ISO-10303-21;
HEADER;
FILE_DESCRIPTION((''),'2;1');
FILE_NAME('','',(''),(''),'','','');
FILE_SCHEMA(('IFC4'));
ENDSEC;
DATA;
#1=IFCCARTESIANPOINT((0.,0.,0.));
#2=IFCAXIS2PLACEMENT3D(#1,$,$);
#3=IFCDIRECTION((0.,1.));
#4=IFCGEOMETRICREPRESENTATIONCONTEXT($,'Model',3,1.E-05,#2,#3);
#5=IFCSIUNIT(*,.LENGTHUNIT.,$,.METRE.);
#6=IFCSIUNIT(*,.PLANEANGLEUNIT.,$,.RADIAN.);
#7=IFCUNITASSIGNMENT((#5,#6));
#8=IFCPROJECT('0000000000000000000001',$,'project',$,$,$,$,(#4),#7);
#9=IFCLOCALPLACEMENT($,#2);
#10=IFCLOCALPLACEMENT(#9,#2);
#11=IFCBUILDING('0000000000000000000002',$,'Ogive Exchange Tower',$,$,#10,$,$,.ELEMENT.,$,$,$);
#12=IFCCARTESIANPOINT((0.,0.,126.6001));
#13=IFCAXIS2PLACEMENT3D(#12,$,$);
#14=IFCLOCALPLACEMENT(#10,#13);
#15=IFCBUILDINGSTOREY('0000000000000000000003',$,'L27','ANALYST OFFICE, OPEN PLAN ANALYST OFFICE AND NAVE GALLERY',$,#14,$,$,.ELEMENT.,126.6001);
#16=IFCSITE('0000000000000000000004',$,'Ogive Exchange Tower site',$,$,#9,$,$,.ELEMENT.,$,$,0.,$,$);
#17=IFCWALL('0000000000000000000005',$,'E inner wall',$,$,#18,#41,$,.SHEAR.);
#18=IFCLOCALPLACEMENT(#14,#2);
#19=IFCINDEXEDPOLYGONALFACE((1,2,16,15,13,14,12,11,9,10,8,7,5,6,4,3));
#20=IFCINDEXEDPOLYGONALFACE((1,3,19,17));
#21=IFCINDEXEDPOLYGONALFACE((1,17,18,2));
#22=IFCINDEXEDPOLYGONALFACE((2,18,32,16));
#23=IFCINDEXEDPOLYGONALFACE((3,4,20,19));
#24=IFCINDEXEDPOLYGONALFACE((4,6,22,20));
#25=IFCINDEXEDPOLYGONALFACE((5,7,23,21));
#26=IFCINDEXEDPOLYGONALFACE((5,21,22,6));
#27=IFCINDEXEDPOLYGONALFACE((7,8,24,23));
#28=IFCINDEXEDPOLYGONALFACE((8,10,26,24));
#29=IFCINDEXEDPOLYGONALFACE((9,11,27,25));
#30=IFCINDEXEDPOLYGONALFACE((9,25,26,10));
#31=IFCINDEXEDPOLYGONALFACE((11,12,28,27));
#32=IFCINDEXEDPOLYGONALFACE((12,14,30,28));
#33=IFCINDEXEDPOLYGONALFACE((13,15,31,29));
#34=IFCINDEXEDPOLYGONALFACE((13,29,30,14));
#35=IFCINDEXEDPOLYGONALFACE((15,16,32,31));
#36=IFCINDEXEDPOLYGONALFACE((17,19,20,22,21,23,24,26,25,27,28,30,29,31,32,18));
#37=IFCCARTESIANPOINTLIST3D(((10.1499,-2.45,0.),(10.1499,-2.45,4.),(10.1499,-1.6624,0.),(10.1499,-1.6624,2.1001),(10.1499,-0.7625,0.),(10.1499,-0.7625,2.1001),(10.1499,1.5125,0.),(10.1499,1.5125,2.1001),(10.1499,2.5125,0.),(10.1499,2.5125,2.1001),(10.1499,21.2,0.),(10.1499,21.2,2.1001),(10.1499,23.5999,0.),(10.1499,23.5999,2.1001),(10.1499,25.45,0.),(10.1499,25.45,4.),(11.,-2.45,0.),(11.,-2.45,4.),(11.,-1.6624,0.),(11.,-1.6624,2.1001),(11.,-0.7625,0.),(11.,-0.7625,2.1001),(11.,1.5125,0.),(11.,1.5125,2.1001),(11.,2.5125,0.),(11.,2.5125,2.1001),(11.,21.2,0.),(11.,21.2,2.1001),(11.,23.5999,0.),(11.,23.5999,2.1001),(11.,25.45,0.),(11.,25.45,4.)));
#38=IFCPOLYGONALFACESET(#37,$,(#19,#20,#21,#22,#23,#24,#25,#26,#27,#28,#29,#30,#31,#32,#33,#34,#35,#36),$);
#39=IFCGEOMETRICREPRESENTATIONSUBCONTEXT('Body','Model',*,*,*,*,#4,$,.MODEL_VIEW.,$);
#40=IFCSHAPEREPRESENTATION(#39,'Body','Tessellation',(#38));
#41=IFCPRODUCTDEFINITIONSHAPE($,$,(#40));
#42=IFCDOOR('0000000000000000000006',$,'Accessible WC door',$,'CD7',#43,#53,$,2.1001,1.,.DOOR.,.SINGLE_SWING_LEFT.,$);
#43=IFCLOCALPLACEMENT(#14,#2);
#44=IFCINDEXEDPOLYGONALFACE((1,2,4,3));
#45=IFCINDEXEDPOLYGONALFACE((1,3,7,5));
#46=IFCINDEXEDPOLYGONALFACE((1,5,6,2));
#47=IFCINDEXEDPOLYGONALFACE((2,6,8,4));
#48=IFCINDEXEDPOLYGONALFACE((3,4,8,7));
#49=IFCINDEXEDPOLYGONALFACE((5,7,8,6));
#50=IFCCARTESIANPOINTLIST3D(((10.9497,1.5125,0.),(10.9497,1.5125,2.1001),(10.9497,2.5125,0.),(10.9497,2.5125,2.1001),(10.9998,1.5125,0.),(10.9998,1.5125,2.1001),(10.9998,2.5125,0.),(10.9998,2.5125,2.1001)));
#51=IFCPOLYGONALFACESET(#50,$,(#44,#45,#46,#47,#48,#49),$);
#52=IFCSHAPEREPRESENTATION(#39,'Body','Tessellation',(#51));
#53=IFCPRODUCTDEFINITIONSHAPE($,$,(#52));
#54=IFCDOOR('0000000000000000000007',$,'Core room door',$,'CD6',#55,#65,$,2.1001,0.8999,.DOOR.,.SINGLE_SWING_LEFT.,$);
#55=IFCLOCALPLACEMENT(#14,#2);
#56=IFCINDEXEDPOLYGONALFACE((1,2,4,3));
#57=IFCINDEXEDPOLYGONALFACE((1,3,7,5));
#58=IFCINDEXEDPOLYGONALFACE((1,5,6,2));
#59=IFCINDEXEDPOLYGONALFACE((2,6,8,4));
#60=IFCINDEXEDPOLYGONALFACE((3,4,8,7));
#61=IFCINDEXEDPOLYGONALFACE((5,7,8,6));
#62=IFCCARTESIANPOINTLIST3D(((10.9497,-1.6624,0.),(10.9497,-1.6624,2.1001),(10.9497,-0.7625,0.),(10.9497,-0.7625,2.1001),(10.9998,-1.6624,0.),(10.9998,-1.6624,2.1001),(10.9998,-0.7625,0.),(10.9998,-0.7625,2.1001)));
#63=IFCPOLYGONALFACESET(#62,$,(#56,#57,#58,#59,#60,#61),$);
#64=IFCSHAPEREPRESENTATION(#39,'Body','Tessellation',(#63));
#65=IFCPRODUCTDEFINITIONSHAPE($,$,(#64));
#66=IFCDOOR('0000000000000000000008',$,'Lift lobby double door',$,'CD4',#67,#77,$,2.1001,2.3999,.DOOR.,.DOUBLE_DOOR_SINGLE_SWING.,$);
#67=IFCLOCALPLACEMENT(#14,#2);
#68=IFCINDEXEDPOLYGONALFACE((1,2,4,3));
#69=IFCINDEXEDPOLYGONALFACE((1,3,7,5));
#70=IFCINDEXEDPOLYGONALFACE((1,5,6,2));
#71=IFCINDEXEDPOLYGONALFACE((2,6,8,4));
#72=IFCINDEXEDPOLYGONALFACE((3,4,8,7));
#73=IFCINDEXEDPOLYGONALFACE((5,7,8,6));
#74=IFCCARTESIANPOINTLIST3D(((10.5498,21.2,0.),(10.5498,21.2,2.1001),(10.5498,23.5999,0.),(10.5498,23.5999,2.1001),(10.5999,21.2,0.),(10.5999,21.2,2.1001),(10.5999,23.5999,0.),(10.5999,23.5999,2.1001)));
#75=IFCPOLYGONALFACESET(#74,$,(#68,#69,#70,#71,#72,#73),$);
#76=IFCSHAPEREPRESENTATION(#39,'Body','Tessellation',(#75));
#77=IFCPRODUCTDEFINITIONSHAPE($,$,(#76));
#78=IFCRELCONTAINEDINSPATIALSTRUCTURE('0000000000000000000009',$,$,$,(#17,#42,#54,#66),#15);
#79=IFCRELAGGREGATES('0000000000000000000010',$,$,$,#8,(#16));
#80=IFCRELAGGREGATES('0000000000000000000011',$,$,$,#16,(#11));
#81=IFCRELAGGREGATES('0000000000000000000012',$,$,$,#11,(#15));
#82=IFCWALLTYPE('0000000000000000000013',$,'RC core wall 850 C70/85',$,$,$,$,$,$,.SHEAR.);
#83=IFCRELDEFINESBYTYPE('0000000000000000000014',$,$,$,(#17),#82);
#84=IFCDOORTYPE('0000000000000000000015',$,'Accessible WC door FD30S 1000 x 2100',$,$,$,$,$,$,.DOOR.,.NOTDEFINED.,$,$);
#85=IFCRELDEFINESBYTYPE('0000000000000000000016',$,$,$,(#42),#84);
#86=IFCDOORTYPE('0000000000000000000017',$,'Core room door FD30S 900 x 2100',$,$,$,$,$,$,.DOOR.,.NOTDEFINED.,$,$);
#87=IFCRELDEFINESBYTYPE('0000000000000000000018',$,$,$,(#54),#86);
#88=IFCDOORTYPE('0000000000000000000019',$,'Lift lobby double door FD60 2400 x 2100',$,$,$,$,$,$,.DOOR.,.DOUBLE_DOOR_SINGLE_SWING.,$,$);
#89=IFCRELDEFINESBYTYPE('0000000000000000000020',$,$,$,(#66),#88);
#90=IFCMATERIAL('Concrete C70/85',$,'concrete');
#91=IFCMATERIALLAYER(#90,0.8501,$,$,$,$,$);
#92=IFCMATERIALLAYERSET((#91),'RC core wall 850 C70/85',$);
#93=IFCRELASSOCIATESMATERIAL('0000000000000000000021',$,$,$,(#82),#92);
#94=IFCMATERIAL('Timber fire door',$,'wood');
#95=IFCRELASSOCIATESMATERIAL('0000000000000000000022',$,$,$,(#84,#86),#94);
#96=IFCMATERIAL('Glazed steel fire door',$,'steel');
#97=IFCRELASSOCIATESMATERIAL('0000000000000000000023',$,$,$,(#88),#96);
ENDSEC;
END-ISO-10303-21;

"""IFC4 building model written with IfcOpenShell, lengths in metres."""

from ifc_helpers import new_model, si_unit, direction, frame, frame_2d, origin, place, context, subcontext, project, spatial, rectangle, extrude, material, layer, layer_set, type_object, element, fill, save


model = new_model("IFC4")

# Units and contexts
model_context = context("Model", 3, precision=1e-05, world=origin(), true_north=direction((0.0, 1.0)))
body_context = subcontext(model_context, "Body", "Model", "MODEL_VIEW")
ifc_project = project(units=[si_unit("LENGTHUNIT", "METRE"), si_unit("PLANEANGLEUNIT", "RADIAN")], contexts=[model_context])

# Site, building, storey
site_placement = place(None, origin())
site = spatial("IfcSite", under=ifc_project, at=site_placement, Name="Ogive Exchange Tower site", CompositionType="ELEMENT", RefElevation=0.0)
building_placement = place(site_placement, origin())
building = spatial("IfcBuilding", under=site, at=building_placement, Name="Ogive Exchange Tower", CompositionType="ELEMENT")
storey_placement = place(building_placement, frame((0.0, 0.0, 126.6001)))
storey = spatial("IfcBuildingStorey", under=building, at=storey_placement, Name="L27", Description="ANALYST OFFICE, OPEN PLAN ANALYST OFFICE AND NAVE GALLERY", CompositionType="ELEMENT", Elevation=126.6001)

# Shared definitions
ifc_material_1 = material(Name="Concrete C70/85", Category="concrete")

# Wall, openings, doors
ifc_layer_1 = layer(ifc_material_1, 0.8501)
ifc_layer_set_1 = layer_set([ifc_layer_1], Name="RC core wall 850 C70/85")
wall_type_1 = type_object("IfcWallType", Name="RC core wall 850 C70/85", PredefinedType="SHEAR", material=ifc_layer_set_1)
wall_1_placement = place(storey_placement, frame((10.575, -2.45, 0.0), z_axis=(0.0, 0.0, 1.0), x_axis=(0.0, 1.0, 0.0)))
wall_1 = element("IfcWall", 1, at=wall_1_placement, inside=storey, type_object=wall_type_1, Name="E inner wall", PredefinedType="SHEAR", context=body_context, shape_type="SweptSolid", body=[
    extrude(rectangle(XDim=27.8999, YDim=0.8501, at=frame_2d((13.95, 0.0))), origin(), (0.0, 0.0, 1.0), 4.0),
])
opening_1_placement = place(wall_1_placement, frame((23.6499, 0.0, 0.0)))
opening_1 = element("IfcOpeningElement", 2, at=opening_1_placement, cuts=wall_1, PredefinedType="OPENING", context=body_context, shape_type="SweptSolid", body=[
    extrude(rectangle(XDim=2.3999, YDim=2.1001, at=frame_2d((1.2, 1.05))), frame((0.0, 0.4351, 0.0), z_axis=(0.0, -1.0, 0.0), x_axis=(1.0, 0.0, 0.0)), (0.0, 0.0, 1.0), 0.8701),
])
opening_2_placement = place(wall_1_placement, frame((0.7876, 0.0, 0.0)))
opening_2 = element("IfcOpeningElement", 3, at=opening_2_placement, cuts=wall_1, PredefinedType="OPENING", context=body_context, shape_type="SweptSolid", body=[
    extrude(rectangle(XDim=0.8999, YDim=2.1001, at=frame_2d((0.45, 1.05))), frame((0.0, 0.4351, 0.0), z_axis=(0.0, -1.0, 0.0), x_axis=(1.0, 0.0, 0.0)), (0.0, 0.0, 1.0), 0.8701),
])
opening_3_placement = place(wall_1_placement, frame((3.9624, 0.0, 0.0)))
opening_3 = element("IfcOpeningElement", 4, at=opening_3_placement, cuts=wall_1, PredefinedType="OPENING", context=body_context, shape_type="SweptSolid", body=[
    extrude(rectangle(XDim=1.0, YDim=2.1001, at=frame_2d((0.5, 1.05))), frame((0.0, 0.4351, 0.0), z_axis=(0.0, -1.0, 0.0), x_axis=(1.0, 0.0, 0.0)), (0.0, 0.0, 1.0), 0.8701),
])
ifc_material_2 = material(Name="Timber fire door", Category="wood")
door_type_1 = type_object("IfcDoorType", Name="Accessible WC door FD30S 1000 x 2100", OperationType="NOTDEFINED", PredefinedType="DOOR", material=ifc_material_2)
door_1_placement = place(opening_3_placement, frame((1.0, -0.7998, 0.0), z_axis=(0.0, 0.0, 1.0), x_axis=(-1.0, 0.0, 0.0)))
door_1 = element("IfcDoor", 5, at=door_1_placement, inside=storey, type_object=door_type_1, Name="Accessible WC door", ObjectType="CD7", OperationType="SINGLE_SWING_LEFT", OverallHeight=2.1001, OverallWidth=1.0, PredefinedType="DOOR", context=body_context, shape_type="SweptSolid", body=[
    extrude(rectangle(XDim=1.0, YDim=2.1001, at=frame_2d((0.5, 1.05))), frame((0.0, -0.375, 0.0), z_axis=(0.0, -1.0, 0.0), x_axis=(1.0, 0.0, 0.0)), (0.0, 0.0, 1.0), 0.05),
])
fill(opening_3, door_1)
door_type_2 = type_object("IfcDoorType", Name="Core room door FD30S 900 x 2100", OperationType="NOTDEFINED", PredefinedType="DOOR", material=ifc_material_2)
door_2_placement = place(opening_2_placement, frame((0.8999, -0.7998, 0.0), z_axis=(0.0, 0.0, 1.0), x_axis=(-1.0, 0.0, 0.0)))
door_2 = element("IfcDoor", 6, at=door_2_placement, inside=storey, type_object=door_type_2, Name="Core room door", ObjectType="CD6", OperationType="SINGLE_SWING_LEFT", OverallHeight=2.1001, OverallWidth=0.8999, PredefinedType="DOOR", context=body_context, shape_type="SweptSolid", body=[
    extrude(rectangle(XDim=0.8999, YDim=2.1001, at=frame_2d((0.45, 1.05))), frame((0.0, -0.375, 0.0), z_axis=(0.0, -1.0, 0.0), x_axis=(1.0, 0.0, 0.0)), (0.0, 0.0, 1.0), 0.05),
])
fill(opening_2, door_2)
ifc_material_3 = material(Name="Glazed steel fire door", Category="steel")
door_type_3 = type_object("IfcDoorType", Name="Lift lobby double door FD60 2400 x 2100", OperationType="DOUBLE_DOOR_SINGLE_SWING", PredefinedType="DOOR", material=ifc_material_3)
door_3_placement = place(opening_1_placement, frame((2.3999, 0.0, 0.0), z_axis=(0.0, 0.0, 1.0), x_axis=(-1.0, 0.0, 0.0)))
door_3 = element("IfcDoor", 7, at=door_3_placement, inside=storey, type_object=door_type_3, Name="Lift lobby double door", ObjectType="CD4", OperationType="DOUBLE_DOOR_SINGLE_SWING", OverallHeight=2.1001, OverallWidth=2.3999, PredefinedType="DOOR", context=body_context, shape_type="SweptSolid", body=[
    extrude(rectangle(XDim=2.3999, YDim=2.1001, at=frame_2d((1.2, 1.05))), frame((0.0, 0.0249, 0.0), z_axis=(0.0, -1.0, 0.0), x_axis=(1.0, 0.0, 0.0)), (0.0, 0.0, 1.0), 0.05),
])
fill(opening_1, door_3)

save(model, "model.ifc")
